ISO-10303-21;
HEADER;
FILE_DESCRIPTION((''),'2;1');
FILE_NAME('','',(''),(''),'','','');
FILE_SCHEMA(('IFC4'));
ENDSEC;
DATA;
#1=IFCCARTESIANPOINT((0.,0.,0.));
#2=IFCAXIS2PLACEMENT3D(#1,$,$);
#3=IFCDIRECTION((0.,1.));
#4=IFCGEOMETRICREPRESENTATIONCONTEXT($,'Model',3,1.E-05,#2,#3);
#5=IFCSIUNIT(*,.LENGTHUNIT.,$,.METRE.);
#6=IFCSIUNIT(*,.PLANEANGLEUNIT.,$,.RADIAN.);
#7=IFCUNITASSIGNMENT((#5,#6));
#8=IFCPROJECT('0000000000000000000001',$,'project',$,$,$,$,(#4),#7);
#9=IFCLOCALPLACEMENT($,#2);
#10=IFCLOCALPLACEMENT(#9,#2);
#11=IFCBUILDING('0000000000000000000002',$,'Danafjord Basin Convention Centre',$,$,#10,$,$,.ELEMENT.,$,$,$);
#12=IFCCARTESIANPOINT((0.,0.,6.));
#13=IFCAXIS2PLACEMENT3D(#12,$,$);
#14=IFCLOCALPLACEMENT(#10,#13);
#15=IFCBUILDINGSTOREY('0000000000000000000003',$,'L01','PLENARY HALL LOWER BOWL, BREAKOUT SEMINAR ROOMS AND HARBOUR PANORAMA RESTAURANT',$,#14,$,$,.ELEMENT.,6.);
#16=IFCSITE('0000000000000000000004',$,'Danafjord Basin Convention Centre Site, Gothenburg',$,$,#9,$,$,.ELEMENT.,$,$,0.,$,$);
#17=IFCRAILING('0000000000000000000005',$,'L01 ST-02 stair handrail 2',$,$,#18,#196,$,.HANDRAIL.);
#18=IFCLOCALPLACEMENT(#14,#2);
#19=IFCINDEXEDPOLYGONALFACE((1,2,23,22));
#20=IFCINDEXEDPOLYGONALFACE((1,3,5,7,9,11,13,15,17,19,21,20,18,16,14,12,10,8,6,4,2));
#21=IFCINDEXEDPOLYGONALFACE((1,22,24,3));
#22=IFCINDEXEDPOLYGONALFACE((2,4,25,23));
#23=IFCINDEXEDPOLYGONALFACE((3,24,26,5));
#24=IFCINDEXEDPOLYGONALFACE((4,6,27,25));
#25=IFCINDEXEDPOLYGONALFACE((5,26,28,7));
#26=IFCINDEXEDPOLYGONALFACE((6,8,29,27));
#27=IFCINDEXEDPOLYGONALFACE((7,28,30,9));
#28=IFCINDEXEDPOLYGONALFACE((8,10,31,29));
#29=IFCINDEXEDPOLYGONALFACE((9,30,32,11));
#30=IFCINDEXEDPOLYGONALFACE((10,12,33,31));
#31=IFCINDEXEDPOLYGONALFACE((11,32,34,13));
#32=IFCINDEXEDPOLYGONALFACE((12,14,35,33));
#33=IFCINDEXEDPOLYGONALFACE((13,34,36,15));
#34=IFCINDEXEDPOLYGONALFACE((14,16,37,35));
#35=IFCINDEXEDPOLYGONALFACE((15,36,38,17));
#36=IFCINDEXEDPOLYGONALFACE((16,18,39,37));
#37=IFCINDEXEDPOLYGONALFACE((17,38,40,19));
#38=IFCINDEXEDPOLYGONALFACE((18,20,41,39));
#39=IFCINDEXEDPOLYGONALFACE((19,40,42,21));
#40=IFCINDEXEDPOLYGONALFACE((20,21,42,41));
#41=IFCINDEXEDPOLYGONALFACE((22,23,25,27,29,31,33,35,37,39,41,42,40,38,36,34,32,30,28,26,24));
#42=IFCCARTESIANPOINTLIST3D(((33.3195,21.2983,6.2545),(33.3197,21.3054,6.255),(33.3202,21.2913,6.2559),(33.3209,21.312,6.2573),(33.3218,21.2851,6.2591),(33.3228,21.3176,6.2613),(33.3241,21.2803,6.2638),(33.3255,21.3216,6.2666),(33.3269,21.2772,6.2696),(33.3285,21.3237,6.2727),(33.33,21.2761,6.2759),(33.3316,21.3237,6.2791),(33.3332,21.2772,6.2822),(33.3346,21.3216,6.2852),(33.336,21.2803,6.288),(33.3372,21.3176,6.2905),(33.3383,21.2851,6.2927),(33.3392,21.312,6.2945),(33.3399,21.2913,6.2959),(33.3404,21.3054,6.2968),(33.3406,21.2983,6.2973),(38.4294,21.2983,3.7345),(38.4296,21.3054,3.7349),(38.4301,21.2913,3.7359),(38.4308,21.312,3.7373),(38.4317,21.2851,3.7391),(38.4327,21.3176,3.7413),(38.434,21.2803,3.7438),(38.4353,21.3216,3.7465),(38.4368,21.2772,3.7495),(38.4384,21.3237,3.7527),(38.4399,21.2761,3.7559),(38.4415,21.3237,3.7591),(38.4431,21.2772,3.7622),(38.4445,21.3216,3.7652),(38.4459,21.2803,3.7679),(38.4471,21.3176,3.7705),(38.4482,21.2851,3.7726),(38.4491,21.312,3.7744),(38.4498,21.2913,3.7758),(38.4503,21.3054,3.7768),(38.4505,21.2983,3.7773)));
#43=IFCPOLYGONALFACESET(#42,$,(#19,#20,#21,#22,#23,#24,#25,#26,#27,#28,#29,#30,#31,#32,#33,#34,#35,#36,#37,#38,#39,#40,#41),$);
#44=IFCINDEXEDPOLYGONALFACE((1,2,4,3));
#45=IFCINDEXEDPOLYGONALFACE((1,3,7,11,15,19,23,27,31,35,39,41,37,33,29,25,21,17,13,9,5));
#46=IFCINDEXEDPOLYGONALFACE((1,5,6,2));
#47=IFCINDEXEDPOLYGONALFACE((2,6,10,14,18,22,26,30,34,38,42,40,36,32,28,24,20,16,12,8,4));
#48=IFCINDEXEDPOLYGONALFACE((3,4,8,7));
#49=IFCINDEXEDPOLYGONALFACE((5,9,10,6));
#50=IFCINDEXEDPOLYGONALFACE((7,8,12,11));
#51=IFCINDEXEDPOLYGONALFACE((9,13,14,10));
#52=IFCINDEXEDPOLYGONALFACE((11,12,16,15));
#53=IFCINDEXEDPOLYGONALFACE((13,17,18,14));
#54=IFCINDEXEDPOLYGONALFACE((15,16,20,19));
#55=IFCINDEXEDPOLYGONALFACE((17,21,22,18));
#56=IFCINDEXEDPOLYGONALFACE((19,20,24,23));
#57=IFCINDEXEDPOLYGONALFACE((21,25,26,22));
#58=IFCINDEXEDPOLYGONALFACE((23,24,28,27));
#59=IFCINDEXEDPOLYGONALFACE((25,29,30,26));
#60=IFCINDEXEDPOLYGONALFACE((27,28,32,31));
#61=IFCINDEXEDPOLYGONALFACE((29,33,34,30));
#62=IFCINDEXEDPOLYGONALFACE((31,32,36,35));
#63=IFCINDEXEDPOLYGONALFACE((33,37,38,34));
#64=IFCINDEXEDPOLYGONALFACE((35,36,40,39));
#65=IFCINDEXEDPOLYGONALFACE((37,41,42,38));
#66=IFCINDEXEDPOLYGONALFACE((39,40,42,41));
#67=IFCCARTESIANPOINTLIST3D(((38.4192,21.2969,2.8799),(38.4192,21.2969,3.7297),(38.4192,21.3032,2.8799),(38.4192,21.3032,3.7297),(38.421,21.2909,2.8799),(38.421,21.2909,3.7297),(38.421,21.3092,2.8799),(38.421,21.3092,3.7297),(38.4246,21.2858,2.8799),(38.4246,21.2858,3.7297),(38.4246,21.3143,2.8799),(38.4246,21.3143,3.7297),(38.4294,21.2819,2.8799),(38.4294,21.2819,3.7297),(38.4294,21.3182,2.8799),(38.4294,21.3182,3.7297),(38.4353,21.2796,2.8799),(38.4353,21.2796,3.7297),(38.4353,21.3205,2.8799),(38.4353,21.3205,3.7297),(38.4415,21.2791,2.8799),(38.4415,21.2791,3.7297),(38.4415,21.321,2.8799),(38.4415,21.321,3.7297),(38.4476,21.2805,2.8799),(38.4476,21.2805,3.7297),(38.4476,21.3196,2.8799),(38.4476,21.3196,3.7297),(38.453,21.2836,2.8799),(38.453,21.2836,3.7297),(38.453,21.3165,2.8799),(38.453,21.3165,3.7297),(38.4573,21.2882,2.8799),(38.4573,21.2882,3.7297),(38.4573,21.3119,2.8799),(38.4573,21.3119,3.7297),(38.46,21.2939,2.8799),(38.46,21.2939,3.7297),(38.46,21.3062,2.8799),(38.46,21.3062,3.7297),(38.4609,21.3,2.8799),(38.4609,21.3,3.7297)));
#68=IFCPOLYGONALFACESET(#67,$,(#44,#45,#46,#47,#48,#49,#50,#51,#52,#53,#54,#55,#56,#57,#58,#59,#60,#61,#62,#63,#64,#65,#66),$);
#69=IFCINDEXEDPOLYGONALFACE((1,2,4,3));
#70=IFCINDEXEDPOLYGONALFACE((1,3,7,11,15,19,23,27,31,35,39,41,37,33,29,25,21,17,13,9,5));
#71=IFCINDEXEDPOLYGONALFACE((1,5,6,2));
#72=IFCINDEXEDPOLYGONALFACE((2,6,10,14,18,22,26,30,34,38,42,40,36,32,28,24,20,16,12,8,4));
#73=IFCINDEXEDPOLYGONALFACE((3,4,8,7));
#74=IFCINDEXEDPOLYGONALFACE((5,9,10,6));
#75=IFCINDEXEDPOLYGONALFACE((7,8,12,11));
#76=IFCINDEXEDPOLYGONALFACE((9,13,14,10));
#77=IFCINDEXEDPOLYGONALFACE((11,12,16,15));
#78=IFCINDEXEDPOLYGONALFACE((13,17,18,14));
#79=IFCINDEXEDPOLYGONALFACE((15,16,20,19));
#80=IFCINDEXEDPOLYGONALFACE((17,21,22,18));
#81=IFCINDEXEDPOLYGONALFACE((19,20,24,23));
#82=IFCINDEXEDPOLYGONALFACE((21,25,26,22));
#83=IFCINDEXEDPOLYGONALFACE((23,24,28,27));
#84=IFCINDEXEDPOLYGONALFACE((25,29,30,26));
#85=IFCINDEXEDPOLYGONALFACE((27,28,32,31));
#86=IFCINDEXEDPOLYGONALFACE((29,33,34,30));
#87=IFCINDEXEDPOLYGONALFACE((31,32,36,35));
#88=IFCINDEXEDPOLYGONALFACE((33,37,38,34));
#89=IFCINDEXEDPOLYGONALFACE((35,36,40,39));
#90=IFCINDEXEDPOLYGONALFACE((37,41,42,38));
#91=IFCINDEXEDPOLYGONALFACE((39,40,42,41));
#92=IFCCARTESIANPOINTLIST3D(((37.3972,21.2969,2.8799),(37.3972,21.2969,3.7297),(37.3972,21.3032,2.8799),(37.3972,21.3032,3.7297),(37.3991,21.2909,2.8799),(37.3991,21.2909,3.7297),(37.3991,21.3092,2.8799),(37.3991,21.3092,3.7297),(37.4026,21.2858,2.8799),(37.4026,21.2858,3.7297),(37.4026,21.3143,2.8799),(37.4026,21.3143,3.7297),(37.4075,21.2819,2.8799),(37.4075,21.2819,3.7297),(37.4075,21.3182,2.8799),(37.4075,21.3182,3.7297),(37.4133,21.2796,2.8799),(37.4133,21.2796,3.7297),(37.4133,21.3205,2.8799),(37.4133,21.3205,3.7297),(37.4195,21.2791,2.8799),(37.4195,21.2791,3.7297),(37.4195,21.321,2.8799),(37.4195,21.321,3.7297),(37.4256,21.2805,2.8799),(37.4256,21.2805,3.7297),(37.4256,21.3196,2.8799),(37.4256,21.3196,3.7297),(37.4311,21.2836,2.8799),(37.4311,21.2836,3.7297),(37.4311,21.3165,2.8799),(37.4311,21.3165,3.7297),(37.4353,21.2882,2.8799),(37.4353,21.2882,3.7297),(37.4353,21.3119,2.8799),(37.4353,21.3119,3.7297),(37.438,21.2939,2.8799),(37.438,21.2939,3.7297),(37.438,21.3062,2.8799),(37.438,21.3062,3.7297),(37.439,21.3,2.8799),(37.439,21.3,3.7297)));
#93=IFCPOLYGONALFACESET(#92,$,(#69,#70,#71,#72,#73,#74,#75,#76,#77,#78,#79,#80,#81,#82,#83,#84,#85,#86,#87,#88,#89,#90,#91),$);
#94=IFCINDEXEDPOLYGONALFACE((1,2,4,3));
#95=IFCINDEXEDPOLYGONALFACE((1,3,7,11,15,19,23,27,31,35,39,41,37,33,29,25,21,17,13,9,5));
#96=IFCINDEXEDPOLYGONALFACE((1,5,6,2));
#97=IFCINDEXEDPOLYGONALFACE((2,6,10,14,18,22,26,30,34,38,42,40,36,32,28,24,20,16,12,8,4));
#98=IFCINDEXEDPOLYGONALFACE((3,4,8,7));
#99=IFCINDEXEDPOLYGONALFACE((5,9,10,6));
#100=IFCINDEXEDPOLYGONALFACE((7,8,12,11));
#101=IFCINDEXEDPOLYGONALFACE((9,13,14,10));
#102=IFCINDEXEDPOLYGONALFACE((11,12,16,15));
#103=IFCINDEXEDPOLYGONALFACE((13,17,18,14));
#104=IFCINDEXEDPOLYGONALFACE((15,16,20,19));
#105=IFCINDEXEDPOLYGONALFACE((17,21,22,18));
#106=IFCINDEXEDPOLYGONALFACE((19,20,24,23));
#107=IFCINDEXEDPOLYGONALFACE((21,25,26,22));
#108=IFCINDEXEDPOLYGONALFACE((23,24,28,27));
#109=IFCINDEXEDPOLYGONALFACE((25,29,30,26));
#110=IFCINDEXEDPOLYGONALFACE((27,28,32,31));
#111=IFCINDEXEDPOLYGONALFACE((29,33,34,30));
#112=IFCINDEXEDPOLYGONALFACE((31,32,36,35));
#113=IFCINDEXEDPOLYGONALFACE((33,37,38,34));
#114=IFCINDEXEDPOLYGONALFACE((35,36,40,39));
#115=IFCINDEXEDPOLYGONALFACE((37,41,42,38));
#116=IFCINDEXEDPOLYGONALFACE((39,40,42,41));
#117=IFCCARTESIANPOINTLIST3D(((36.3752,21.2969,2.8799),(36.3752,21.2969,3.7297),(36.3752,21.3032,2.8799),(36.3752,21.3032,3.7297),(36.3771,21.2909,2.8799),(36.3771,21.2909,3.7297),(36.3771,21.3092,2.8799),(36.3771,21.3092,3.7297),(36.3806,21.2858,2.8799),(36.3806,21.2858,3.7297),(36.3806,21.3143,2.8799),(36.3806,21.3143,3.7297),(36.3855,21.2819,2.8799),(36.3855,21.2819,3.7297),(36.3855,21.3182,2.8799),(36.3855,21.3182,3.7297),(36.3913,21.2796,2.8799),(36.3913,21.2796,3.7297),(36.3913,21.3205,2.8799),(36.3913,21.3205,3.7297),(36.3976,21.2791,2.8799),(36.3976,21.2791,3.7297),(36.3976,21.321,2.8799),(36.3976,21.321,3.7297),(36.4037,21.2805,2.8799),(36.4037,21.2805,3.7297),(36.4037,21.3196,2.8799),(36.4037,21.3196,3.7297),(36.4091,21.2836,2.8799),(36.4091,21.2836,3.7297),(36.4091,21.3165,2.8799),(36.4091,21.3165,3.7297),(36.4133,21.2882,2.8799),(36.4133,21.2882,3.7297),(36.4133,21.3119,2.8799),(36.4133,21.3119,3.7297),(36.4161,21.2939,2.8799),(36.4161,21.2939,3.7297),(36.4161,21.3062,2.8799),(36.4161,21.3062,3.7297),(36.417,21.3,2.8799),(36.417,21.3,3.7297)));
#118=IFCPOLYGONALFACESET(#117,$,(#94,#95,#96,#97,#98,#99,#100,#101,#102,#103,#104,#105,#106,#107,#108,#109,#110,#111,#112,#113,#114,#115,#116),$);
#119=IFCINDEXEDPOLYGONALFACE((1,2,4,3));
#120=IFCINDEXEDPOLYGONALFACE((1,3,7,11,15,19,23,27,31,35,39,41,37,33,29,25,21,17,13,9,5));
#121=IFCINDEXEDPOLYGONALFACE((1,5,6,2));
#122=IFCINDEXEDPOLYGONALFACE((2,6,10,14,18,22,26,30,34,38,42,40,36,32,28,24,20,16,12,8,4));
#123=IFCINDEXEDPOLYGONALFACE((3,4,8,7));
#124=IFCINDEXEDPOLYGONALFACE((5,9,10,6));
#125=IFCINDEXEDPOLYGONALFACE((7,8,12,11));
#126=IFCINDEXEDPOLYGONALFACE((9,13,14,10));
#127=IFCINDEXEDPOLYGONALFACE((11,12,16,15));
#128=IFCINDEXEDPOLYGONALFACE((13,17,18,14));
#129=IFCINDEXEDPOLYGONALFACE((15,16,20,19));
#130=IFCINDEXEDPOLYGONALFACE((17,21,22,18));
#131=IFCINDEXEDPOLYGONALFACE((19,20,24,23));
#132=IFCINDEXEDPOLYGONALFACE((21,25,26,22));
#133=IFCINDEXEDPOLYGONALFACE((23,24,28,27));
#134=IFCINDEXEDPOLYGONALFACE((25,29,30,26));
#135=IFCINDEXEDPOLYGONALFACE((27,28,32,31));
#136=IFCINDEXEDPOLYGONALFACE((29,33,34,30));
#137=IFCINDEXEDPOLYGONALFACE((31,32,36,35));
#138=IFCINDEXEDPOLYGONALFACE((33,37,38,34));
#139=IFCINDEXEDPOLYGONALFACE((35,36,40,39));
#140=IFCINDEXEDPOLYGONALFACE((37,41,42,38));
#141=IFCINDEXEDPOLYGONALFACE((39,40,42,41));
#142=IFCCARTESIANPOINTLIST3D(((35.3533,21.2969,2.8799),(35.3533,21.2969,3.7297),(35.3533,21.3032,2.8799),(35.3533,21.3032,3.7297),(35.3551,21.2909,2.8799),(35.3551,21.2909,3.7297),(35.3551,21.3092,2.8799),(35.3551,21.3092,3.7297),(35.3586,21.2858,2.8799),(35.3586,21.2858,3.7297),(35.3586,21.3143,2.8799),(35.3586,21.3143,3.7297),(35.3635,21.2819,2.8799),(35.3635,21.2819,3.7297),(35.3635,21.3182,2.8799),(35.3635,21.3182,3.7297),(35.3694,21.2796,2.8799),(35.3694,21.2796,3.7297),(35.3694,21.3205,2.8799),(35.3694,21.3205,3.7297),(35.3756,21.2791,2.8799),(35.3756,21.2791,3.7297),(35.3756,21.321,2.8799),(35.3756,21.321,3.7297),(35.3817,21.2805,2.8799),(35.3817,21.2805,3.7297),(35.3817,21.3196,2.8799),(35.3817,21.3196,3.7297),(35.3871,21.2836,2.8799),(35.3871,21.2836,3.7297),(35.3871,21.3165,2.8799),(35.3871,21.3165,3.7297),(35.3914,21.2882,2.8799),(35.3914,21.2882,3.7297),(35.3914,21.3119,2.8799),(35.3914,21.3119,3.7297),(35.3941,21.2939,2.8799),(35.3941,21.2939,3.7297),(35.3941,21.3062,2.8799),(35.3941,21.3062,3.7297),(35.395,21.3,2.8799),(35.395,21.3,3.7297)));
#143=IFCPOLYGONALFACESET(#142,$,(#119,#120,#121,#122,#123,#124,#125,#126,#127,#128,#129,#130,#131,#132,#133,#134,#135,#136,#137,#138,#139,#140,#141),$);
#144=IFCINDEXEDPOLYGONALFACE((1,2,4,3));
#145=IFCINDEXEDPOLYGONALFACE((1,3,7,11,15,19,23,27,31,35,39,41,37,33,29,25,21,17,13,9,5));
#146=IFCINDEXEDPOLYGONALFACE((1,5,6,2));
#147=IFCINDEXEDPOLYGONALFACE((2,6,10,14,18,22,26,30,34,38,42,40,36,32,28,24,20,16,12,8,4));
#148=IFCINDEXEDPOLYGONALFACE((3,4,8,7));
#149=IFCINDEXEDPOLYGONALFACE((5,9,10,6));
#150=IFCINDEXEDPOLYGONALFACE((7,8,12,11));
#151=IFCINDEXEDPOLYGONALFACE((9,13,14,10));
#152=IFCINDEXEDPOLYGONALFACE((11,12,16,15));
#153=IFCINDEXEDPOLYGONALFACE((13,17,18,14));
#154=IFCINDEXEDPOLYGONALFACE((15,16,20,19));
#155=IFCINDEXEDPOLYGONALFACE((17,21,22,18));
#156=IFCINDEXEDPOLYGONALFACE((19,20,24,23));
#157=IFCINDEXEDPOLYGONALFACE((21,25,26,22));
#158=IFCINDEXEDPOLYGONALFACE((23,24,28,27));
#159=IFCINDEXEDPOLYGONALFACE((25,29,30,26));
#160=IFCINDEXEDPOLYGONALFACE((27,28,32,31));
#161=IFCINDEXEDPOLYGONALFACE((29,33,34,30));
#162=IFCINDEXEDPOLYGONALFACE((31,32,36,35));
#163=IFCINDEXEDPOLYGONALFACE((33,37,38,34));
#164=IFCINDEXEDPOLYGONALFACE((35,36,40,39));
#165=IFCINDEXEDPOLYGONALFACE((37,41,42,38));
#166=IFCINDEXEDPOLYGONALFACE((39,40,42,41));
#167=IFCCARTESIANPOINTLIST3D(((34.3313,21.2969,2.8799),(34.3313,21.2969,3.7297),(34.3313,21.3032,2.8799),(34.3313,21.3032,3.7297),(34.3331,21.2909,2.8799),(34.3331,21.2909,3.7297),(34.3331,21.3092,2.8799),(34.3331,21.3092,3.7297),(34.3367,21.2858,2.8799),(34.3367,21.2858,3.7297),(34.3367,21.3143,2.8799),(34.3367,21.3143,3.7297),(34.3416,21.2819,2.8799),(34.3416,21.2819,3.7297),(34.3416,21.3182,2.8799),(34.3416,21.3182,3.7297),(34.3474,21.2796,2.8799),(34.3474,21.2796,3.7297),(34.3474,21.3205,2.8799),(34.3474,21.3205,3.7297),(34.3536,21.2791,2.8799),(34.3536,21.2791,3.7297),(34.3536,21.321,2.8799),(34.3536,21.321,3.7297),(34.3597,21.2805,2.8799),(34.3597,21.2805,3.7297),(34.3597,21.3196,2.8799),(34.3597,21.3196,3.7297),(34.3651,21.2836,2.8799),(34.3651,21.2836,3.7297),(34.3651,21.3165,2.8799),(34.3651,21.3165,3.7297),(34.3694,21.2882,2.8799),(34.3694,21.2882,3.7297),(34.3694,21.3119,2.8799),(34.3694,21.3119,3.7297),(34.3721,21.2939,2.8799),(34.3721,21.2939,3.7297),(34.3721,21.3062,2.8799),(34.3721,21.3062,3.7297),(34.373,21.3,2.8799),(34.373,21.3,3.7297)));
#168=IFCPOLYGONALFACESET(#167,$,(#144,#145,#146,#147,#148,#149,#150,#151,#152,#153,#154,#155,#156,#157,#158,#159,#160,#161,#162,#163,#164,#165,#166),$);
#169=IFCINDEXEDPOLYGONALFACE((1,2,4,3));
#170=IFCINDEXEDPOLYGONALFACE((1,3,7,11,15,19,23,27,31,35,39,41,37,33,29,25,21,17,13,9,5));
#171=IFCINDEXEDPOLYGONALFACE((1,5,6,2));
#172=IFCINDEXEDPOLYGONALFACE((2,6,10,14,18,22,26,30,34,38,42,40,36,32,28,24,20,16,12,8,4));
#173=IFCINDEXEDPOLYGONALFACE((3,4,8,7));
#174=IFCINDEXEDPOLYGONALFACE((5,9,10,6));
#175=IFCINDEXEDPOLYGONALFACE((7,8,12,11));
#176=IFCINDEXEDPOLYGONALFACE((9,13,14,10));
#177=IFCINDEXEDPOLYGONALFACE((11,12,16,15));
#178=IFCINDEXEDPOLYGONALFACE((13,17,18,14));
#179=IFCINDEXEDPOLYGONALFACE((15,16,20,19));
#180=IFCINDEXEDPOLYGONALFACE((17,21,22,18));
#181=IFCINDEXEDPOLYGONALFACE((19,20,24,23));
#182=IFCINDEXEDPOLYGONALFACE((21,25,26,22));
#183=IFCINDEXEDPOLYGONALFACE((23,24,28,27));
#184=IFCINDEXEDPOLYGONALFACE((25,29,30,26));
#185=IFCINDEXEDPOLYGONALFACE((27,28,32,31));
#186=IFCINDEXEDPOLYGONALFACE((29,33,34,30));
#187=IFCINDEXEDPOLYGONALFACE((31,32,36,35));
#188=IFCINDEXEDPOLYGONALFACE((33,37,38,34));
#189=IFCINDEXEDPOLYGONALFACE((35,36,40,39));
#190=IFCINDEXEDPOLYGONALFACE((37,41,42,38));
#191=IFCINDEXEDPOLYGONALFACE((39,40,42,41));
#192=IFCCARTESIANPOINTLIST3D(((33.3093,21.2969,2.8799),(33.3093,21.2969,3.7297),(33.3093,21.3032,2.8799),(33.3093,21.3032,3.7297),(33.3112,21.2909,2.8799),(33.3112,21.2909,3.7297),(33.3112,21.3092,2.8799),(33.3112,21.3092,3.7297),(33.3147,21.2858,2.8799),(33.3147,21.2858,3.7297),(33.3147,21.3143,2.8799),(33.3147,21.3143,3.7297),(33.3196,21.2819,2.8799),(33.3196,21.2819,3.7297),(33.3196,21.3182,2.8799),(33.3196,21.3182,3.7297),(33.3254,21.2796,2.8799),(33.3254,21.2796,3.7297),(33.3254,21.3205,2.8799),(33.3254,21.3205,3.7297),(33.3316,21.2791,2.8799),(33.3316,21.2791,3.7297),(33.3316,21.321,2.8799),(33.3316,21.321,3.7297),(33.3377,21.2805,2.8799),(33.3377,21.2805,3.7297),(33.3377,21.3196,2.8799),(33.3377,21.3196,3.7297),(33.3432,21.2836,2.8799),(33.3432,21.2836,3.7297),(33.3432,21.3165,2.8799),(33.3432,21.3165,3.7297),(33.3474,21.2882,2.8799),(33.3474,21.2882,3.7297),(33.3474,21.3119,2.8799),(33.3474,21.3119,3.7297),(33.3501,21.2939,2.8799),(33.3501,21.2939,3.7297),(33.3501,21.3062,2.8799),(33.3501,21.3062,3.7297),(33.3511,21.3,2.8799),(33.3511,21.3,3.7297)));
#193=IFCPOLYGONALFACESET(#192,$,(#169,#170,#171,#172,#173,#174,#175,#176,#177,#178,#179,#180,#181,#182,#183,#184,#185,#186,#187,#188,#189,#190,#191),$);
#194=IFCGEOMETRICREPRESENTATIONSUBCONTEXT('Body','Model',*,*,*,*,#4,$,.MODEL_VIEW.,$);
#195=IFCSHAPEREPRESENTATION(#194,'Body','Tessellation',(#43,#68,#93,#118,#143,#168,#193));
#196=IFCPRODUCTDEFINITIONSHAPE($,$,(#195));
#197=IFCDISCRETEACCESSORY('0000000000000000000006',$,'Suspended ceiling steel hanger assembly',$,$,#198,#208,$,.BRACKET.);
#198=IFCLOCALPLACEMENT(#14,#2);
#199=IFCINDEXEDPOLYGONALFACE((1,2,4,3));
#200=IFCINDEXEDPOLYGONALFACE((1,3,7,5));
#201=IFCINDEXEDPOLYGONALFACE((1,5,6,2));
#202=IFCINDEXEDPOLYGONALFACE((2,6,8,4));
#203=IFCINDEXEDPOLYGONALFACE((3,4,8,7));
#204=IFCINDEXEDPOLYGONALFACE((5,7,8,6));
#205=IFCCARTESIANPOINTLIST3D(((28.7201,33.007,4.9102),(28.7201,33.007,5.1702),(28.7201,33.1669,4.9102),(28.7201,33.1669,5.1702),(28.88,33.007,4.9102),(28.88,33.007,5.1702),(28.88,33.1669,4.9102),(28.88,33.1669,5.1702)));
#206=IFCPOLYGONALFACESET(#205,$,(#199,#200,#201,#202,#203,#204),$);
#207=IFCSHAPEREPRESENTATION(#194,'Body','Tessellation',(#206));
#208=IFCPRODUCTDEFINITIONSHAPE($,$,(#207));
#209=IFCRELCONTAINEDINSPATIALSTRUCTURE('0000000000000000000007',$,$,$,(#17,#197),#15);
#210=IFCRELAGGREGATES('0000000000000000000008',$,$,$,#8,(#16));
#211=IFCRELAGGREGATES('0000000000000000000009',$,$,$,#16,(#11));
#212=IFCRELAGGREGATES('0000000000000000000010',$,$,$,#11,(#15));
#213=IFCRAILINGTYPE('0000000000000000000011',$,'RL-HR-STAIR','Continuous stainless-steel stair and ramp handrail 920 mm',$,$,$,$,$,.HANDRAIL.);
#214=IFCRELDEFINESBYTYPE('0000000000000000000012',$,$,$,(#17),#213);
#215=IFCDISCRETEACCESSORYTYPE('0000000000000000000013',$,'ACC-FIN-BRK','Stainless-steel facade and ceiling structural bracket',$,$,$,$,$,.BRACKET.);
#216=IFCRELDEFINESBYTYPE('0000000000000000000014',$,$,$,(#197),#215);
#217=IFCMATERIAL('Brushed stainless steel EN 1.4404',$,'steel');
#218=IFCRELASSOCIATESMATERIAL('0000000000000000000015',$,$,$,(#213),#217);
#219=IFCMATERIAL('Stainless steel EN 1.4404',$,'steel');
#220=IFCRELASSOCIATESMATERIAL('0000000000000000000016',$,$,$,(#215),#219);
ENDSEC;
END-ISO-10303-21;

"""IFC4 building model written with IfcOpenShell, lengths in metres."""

from ifc_helpers import new_model, si_unit, direction, frame, origin, origin_2d, place, context, subcontext, project, spatial, rectangle, circle, extrude, material, type_object, element, save


model = new_model("IFC4")

# Units and contexts
model_context = context("Model", 3, precision=1e-05, world=origin(), true_north=direction((0.0, 1.0)))
body_context = subcontext(model_context, "Body", "Model", "MODEL_VIEW")
ifc_project = project(units=[si_unit("LENGTHUNIT", "METRE"), si_unit("PLANEANGLEUNIT", "RADIAN")], contexts=[model_context])

# Site, building, storey
site_placement = place(None, origin())
site = spatial("IfcSite", under=ifc_project, at=site_placement, Name="Danafjord Basin Convention Centre Site, Gothenburg", CompositionType="ELEMENT", RefElevation=0.0)
building_placement = place(site_placement, origin())
building = spatial("IfcBuilding", under=site, at=building_placement, Name="Danafjord Basin Convention Centre", CompositionType="ELEMENT")
storey_placement = place(building_placement, frame((0.0, 0.0, 6.0)))
storey = spatial("IfcBuildingStorey", under=building, at=storey_placement, Name="L01", Description="PLENARY HALL LOWER BOWL, BREAKOUT SEMINAR ROOMS AND HARBOUR PANORAMA RESTAURANT", CompositionType="ELEMENT", Elevation=6.0)

# Railing
ifc_material_1 = material(Name="Brushed stainless steel EN 1.4404", Category="steel")
railing_type_1 = type_object("IfcRailingType", Name="RL-HR-STAIR", Description="Continuous stainless-steel stair and ramp handrail 920 mm", PredefinedType="HANDRAIL", material=ifc_material_1)
railing_1_placement = place(storey_placement, frame((38.4399, 21.3, 2.8799)))
element("IfcRailing", 1, at=railing_1_placement, inside=storey, type_object=railing_type_1, Name="L01 ST-02 stair handrail 2", PredefinedType="HANDRAIL", context=body_context, shape_type="SweptSolid", body=[
    extrude(circle(Radius=0.0239, at=origin_2d()), frame((0.0, 0.0, 0.876), z_axis=(-0.896865, 0.0, 0.442305), x_axis=(0.0, -1.0, 0.0)), (0.0, 0.0, 1.0), 5.6975),
    extrude(circle(Radius=0.021, at=origin_2d()), origin(), (0.0, 0.0, 1.0), 0.8499),
    extrude(circle(Radius=0.021, at=origin_2d()), frame((-1.022, 0.0, 0.0)), (0.0, 0.0, 1.0), 0.8499),
    extrude(circle(Radius=0.021, at=origin_2d()), frame((-2.0439, 0.0, 0.0)), (0.0, 0.0, 1.0), 0.8499),
    extrude(circle(Radius=0.021, at=origin_2d()), frame((-3.0659, 0.0, 0.0)), (0.0, 0.0, 1.0), 0.8499),
    extrude(circle(Radius=0.021, at=origin_2d()), frame((-4.0879, 0.0, 0.0)), (0.0, 0.0, 1.0), 0.8499),
    extrude(circle(Radius=0.021, at=origin_2d()), frame((-5.1099, 0.0, 0.0)), (0.0, 0.0, 1.0), 0.8499),
])

# Discrete accessory
ifc_material_2 = material(Name="Stainless steel EN 1.4404", Category="steel")
discrete_accessory_type = type_object("IfcDiscreteAccessoryType", Name="ACC-FIN-BRK", Description="Stainless-steel facade and ceiling structural bracket", PredefinedType="BRACKET", material=ifc_material_2)
discrete_accessory_placement = place(storey_placement, frame((28.8, 33.0869, 4.9102), z_axis=(0.0, 0.0, 1.0), x_axis=(1.0, 0.0, 0.0)))
element("IfcDiscreteAccessory", 2, at=discrete_accessory_placement, inside=storey, type_object=discrete_accessory_type, Name="Suspended ceiling steel hanger assembly", PredefinedType="BRACKET", context=body_context, shape_type="SweptSolid", body=[
    extrude(rectangle(XDim=0.1599, YDim=0.1599, at=origin_2d()), origin(), (0.0, 0.0, 1.0), 0.26),
])

save(model, "model.ifc")
